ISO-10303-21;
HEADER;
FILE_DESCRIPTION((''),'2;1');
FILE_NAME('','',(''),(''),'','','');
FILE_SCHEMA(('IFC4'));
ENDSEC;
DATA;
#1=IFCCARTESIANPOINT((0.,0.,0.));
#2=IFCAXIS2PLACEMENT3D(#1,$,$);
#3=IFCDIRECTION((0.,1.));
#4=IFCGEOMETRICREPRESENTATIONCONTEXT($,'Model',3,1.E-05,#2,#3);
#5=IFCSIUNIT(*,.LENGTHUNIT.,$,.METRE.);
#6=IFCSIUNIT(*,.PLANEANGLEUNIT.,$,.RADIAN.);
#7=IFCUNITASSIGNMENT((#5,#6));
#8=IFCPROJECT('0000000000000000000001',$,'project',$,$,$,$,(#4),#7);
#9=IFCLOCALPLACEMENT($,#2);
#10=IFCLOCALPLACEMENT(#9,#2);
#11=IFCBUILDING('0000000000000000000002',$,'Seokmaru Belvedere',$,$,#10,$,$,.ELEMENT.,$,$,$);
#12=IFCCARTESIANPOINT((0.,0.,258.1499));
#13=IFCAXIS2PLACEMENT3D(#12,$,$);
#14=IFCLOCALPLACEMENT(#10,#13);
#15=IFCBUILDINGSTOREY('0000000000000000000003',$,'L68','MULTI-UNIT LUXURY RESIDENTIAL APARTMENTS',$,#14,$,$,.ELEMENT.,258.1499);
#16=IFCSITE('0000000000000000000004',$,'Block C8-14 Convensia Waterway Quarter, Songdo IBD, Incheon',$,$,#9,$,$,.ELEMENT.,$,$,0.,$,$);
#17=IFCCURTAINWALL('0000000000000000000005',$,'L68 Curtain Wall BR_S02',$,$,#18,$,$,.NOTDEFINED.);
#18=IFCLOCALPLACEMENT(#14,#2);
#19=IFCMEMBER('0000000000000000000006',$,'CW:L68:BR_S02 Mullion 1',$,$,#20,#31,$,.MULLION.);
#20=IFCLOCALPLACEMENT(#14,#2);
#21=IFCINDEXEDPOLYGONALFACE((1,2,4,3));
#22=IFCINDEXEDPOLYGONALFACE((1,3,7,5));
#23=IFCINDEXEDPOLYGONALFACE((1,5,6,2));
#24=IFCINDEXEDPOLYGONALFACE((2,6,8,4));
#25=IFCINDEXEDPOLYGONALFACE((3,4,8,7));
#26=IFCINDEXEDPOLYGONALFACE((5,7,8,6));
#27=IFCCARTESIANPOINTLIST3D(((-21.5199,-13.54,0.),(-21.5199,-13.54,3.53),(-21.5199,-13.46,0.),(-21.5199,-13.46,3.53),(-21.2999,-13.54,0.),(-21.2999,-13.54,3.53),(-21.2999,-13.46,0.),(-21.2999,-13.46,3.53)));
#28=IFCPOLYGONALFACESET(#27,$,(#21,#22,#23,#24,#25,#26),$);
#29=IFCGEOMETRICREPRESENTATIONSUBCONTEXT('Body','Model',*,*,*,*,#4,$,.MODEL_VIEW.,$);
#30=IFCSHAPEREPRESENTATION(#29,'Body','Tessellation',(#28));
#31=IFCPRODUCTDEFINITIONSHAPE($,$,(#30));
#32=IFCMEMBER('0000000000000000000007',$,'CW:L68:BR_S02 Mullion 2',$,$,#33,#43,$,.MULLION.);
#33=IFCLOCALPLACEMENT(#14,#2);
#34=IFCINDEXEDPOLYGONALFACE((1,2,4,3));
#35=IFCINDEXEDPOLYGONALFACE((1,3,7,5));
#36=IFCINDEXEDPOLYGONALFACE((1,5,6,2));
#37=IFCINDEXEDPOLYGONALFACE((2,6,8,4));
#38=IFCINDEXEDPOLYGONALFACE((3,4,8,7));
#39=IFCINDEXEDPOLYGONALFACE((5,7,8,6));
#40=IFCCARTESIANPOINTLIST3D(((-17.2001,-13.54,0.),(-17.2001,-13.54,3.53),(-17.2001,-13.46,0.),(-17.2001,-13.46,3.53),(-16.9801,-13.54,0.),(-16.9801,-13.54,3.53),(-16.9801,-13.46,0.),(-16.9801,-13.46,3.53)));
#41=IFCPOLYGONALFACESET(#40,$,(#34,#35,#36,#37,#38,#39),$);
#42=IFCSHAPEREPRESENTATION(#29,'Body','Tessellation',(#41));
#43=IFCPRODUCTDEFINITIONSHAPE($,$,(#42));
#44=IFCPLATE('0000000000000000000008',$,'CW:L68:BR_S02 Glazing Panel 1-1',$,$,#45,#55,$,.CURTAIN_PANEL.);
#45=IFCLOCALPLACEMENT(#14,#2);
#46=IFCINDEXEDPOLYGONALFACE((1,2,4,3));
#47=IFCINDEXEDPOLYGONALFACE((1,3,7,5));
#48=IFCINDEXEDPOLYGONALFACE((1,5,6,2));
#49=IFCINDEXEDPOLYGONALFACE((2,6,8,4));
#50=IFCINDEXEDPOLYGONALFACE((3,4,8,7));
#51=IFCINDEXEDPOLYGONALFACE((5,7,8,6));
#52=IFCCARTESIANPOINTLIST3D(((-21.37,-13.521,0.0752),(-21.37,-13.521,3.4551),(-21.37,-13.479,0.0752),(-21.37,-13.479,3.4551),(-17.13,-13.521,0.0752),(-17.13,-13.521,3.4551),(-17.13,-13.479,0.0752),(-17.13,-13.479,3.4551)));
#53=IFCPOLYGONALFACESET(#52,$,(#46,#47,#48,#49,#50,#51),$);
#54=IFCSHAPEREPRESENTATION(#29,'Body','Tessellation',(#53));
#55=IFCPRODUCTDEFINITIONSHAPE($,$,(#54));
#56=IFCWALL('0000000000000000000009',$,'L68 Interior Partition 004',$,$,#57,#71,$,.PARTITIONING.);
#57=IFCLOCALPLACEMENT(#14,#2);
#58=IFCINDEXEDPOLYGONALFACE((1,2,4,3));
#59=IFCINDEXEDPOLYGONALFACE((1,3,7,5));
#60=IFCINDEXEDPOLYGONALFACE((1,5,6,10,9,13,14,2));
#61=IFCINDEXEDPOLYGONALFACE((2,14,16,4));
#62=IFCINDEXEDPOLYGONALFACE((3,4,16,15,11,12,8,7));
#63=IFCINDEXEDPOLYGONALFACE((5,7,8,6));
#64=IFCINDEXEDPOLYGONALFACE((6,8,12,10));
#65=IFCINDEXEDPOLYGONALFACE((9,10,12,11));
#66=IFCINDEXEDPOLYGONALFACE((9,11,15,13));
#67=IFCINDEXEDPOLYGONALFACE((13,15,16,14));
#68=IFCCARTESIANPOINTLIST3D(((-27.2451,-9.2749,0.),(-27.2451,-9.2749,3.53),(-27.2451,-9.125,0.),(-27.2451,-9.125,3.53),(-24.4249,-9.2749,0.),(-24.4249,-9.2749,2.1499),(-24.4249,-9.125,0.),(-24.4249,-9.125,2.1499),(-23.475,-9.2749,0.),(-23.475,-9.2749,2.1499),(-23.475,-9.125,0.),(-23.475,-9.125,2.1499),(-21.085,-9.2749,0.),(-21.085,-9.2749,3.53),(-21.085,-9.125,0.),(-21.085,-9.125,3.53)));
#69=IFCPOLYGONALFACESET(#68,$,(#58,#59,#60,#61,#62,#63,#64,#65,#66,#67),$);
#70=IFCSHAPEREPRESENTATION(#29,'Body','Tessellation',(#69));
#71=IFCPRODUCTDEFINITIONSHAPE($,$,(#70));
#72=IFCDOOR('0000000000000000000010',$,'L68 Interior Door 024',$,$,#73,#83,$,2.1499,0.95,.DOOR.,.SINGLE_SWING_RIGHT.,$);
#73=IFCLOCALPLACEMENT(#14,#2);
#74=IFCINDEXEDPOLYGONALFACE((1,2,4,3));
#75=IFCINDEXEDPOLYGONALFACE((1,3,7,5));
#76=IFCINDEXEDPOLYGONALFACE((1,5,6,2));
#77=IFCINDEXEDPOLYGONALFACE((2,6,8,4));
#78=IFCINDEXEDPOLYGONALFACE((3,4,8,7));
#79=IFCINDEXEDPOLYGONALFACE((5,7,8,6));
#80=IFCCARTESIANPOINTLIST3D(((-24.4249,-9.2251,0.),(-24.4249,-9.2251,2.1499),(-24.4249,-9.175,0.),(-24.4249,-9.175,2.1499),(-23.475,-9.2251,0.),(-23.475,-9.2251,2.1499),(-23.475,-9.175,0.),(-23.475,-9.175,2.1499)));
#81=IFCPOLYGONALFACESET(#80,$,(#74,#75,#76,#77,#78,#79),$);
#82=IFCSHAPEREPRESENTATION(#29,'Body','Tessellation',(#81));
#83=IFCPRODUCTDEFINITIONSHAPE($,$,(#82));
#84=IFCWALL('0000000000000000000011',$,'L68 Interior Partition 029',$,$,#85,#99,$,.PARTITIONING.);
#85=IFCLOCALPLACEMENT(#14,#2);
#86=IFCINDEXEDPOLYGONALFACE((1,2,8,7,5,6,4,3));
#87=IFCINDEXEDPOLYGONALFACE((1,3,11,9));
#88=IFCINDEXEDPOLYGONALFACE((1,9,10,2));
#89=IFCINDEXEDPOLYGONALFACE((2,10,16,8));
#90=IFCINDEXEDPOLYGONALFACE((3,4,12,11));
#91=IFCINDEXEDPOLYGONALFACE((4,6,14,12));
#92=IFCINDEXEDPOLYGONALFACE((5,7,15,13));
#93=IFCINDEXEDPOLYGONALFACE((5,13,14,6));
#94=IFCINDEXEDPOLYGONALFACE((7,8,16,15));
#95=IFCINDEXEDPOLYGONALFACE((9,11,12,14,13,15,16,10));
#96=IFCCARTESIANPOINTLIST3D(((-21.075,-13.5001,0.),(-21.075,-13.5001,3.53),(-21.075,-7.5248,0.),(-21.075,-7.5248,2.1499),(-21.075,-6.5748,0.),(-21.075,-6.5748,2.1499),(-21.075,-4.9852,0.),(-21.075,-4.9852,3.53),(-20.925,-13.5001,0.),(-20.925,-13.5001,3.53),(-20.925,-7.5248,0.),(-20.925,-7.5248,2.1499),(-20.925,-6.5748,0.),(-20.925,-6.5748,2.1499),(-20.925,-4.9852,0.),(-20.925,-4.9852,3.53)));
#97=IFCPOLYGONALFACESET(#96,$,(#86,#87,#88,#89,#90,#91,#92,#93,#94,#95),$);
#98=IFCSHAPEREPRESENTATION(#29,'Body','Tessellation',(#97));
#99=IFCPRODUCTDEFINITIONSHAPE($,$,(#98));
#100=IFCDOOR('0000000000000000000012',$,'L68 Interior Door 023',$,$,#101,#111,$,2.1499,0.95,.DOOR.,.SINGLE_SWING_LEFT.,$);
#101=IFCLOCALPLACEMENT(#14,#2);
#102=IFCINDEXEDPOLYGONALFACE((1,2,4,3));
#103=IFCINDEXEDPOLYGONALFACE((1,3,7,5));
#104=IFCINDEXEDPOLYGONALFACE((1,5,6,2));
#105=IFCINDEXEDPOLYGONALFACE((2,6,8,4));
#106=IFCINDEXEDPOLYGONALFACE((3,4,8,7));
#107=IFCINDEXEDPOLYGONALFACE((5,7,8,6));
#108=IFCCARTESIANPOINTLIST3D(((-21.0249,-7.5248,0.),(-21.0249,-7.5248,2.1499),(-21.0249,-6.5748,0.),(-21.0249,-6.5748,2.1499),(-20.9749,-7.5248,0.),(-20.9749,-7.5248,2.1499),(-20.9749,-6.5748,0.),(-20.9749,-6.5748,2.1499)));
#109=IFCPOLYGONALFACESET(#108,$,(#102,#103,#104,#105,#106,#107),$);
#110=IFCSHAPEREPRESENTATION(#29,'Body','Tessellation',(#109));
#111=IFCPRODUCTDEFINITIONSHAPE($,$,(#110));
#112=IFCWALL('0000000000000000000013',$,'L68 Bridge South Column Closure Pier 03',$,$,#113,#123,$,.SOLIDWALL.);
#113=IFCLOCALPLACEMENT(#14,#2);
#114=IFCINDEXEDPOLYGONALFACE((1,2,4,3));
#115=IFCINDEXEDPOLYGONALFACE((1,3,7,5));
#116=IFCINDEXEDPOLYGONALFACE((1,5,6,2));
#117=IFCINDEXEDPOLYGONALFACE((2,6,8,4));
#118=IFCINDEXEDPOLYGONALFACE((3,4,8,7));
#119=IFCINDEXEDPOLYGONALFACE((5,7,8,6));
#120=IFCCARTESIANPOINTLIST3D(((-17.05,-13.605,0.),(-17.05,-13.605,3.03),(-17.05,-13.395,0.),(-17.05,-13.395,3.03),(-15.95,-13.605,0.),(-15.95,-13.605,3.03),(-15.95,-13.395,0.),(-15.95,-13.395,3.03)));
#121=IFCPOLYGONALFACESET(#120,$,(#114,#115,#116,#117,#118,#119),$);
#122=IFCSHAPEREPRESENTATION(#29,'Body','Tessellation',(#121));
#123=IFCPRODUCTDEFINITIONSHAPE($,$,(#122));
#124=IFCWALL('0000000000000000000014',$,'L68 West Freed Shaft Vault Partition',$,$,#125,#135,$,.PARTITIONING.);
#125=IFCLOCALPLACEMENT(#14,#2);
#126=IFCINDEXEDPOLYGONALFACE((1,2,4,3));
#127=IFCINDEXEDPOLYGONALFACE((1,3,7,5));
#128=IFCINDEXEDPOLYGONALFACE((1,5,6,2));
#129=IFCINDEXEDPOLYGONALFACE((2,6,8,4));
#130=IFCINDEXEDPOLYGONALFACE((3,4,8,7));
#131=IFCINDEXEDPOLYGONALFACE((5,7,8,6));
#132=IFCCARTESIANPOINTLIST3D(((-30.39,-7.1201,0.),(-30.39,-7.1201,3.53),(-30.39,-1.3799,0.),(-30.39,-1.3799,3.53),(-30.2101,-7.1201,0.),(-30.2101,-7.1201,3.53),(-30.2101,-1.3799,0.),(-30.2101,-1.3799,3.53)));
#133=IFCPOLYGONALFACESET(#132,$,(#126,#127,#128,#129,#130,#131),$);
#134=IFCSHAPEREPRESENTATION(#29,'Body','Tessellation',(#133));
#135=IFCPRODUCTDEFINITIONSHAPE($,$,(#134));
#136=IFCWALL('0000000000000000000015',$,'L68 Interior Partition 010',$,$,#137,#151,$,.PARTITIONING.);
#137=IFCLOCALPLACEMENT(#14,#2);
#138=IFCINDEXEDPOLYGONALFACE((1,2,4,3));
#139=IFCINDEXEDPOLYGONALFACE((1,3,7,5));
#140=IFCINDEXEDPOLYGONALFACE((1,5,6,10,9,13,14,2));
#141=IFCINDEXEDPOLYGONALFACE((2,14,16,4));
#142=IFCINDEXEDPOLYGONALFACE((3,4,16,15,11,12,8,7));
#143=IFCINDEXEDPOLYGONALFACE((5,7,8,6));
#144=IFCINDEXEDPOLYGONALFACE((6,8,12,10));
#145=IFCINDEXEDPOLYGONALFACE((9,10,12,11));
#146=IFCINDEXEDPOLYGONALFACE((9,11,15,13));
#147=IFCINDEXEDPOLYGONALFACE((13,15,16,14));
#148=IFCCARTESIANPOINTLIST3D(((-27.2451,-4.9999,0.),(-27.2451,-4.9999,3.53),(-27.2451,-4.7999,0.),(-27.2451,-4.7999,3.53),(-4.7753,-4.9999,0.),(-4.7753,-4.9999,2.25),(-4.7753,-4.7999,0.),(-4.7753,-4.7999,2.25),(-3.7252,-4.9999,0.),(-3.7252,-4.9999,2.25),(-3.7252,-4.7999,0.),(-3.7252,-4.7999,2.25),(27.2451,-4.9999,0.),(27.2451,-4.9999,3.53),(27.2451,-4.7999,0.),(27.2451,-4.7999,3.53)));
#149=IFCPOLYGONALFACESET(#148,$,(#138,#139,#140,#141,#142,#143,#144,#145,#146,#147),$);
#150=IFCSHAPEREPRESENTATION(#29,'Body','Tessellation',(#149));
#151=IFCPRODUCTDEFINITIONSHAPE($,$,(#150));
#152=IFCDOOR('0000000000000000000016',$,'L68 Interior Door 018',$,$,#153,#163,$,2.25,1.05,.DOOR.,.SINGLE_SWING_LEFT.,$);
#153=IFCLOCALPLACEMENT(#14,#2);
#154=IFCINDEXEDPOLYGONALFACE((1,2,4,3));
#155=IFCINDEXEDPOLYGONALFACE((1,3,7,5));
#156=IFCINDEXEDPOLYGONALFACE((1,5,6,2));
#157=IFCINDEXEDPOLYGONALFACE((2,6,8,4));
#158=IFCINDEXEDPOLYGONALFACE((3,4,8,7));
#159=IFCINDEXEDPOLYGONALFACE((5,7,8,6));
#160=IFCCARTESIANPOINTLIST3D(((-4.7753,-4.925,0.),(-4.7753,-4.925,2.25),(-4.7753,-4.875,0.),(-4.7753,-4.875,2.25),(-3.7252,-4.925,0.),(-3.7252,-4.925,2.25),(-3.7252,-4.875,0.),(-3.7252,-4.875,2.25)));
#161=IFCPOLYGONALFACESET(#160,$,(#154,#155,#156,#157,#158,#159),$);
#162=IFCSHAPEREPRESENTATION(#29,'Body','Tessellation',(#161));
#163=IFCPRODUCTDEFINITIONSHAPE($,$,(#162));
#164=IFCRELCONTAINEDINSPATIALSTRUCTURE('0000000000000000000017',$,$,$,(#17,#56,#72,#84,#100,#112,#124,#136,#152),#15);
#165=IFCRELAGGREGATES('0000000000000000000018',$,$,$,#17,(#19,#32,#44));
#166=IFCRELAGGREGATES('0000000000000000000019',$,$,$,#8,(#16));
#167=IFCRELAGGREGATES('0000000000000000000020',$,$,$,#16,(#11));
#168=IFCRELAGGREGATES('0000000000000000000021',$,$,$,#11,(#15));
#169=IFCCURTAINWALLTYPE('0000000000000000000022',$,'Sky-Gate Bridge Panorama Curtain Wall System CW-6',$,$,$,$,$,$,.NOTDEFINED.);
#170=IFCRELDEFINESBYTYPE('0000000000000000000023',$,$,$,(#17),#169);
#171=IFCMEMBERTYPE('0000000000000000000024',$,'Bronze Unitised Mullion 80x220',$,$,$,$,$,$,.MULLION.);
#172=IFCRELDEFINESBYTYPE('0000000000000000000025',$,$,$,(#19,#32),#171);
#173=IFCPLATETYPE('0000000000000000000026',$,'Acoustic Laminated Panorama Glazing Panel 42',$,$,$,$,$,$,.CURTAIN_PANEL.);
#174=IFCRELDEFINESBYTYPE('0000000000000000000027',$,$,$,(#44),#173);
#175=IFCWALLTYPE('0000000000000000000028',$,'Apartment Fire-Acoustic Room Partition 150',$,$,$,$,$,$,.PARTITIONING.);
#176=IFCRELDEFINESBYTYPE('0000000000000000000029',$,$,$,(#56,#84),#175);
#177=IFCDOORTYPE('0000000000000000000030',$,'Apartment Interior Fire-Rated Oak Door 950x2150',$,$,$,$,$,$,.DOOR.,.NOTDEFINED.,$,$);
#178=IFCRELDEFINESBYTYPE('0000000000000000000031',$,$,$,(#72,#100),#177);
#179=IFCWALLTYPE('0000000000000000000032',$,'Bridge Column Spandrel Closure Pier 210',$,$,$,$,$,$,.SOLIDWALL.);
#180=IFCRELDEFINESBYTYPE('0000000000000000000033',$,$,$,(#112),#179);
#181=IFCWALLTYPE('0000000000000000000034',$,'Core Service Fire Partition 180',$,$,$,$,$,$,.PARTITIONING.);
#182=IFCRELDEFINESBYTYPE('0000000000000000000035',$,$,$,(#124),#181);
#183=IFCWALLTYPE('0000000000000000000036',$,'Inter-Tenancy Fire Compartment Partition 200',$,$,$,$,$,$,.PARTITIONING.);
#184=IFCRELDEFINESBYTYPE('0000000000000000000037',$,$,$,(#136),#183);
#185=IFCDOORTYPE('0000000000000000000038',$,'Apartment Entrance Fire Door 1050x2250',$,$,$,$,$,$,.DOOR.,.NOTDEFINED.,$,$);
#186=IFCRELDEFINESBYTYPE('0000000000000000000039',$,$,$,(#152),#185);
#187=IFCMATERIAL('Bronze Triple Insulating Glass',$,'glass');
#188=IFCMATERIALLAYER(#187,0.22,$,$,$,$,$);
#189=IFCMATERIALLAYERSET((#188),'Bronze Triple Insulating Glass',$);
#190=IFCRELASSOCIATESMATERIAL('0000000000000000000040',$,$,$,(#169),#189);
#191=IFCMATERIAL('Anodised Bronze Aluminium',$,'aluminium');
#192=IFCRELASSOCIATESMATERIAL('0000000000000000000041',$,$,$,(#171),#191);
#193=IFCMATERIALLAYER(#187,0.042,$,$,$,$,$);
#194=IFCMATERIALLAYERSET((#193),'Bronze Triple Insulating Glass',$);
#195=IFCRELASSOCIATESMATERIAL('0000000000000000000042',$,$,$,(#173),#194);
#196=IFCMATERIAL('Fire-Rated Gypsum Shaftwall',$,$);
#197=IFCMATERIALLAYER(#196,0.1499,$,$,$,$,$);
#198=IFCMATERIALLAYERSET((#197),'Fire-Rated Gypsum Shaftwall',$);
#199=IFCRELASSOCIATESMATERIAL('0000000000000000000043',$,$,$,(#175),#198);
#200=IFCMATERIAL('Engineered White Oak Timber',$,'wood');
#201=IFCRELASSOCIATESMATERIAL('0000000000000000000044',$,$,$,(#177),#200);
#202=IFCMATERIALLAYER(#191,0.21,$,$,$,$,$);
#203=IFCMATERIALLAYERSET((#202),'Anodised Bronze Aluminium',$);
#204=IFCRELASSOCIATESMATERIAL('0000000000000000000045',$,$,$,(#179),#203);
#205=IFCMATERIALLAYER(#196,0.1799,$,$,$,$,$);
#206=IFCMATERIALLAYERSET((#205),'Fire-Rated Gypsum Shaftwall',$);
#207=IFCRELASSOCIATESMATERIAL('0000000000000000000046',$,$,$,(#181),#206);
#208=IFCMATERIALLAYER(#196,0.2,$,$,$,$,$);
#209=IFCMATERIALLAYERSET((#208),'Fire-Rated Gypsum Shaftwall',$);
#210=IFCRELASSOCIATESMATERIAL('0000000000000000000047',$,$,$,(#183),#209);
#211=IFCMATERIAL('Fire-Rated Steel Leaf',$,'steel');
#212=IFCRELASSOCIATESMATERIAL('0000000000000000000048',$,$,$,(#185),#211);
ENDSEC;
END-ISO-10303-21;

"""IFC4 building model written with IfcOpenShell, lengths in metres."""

from ifc_helpers import new_model, si_unit, direction, frame, frame_2d, origin, origin_2d, place, context, subcontext, project, spatial, rectangle, extrude, source, transform, mapped, material, layer, layer_set, material_profile, profile_set, type_object, type_shapes, element, fill, aggregate, save


model = new_model("IFC4")

# Units and contexts
model_context = context("Model", 3, precision=1e-05, world=origin(), true_north=direction((0.0, 1.0)))
body_context = subcontext(model_context, "Body", "Model", "MODEL_VIEW")
ifc_project = project(units=[si_unit("LENGTHUNIT", "METRE"), si_unit("PLANEANGLEUNIT", "RADIAN")], contexts=[model_context])

# Site, building, storey
site_placement = place(None, origin())
site = spatial("IfcSite", under=ifc_project, at=site_placement, Name="Block C8-14 Convensia Waterway Quarter, Songdo IBD, Incheon", CompositionType="ELEMENT", RefElevation=0.0)
building_placement = place(site_placement, origin())
building = spatial("IfcBuilding", under=site, at=building_placement, Name="Seokmaru Belvedere", CompositionType="ELEMENT")
storey_placement = place(building_placement, frame((0.0, 0.0, 258.1499)))
storey = spatial("IfcBuildingStorey", under=building, at=storey_placement, Name="L68", Description="MULTI-UNIT LUXURY RESIDENTIAL APARTMENTS", CompositionType="ELEMENT", Elevation=258.1499)

# Curtain wall, members, plate
ifc_material_1 = material(Name="Bronze Triple Insulating Glass", Category="glass")
ifc_layer_1 = layer(ifc_material_1, 0.22)
ifc_layer_set_1 = layer_set([ifc_layer_1], Name="Bronze Triple Insulating Glass")
curtain_wall_type = type_object("IfcCurtainWallType", Name="Sky-Gate Bridge Panorama Curtain Wall System CW-6", PredefinedType="NOTDEFINED", material=ifc_layer_set_1)
curtain_wall_placement = place(storey_placement, origin())
curtain_wall = element("IfcCurtainWall", 1, at=curtain_wall_placement, inside=storey, type_object=curtain_wall_type, Name="L68 Curtain Wall BR_S02", PredefinedType="NOTDEFINED")
ifc_material_2 = material(Name="Anodised Bronze Aluminium", Category="aluminium")
ifc_material_profile_1 = material_profile(ifc_material_2, rectangle(XDim=0.0801, YDim=0.22, at=origin_2d()), Name="CW-M-80x220")
ifc_profile_set_1 = profile_set([ifc_material_profile_1], Name="Anodised Bronze Aluminium")
member_type_1 = type_object("IfcMemberType", Name="Bronze Unitised Mullion 80x220", PredefinedType="MULLION", material=ifc_profile_set_1)
shared_shape_1 = source(origin(), body_context, "Body", "SweptSolid", [
    extrude(rectangle(XDim=0.0801, YDim=0.22, at=origin_2d()), origin(), (0.0, 0.0, 1.0), 3.53),
])
type_shapes(member_type_1, [shared_shape_1])
member_1_placement = place(storey_placement, frame((-21.4099, -13.5, 0.0), z_axis=(0.0, 0.0, 1.0), x_axis=(0.0, 1.0, 0.0)))
member_1 = element("IfcMember", 2, at=member_1_placement, type_object=member_type_1, Name="CW:L68:BR_S02 Mullion 1", PredefinedType="MULLION", context=body_context, shape_type="MappedRepresentation", body=[
    mapped(shared_shape_1, transform((0.0, 0.0, 0.0), scale=1.0)),
])
member_2_placement = place(storey_placement, frame((-17.0901, -13.5, 0.0), z_axis=(0.0, 0.0, 1.0), x_axis=(0.0, 1.0, 0.0)))
member_2 = element("IfcMember", 3, at=member_2_placement, type_object=member_type_1, Name="CW:L68:BR_S02 Mullion 2", PredefinedType="MULLION", context=body_context, shape_type="MappedRepresentation", body=[
    mapped(shared_shape_1, transform((0.0, 0.0, 0.0), scale=1.0)),
])
ifc_layer_2 = layer(ifc_material_1, 0.042)
ifc_layer_set_2 = layer_set([ifc_layer_2], Name="Bronze Triple Insulating Glass")
plate_type = type_object("IfcPlateType", Name="Acoustic Laminated Panorama Glazing Panel 42", PredefinedType="CURTAIN_PANEL", material=ifc_layer_set_2)
shared_shape_2 = source(origin(), body_context, "Body", "SweptSolid", [
    extrude(rectangle(XDim=4.24, YDim=0.042, at=origin_2d()), origin(), (0.0, 0.0, 1.0), 3.3799),
])
type_shapes(plate_type, [shared_shape_2])
plate_placement = place(storey_placement, frame((-19.25, -13.5, 0.0752), z_axis=(0.0, 0.0, 1.0), x_axis=(1.0, 0.0, 0.0)))
plate = element("IfcPlate", 4, at=plate_placement, type_object=plate_type, Name="CW:L68:BR_S02 Glazing Panel 1-1", PredefinedType="CURTAIN_PANEL", context=body_context, shape_type="MappedRepresentation", body=[
    mapped(shared_shape_2, transform((0.0, 0.0, 0.0), scale=1.0)),
])
aggregate(curtain_wall, [member_1, member_2, plate])

# Walls, openings, doors
ifc_material_3 = material(Name="Fire-Rated Gypsum Shaftwall")
ifc_layer_3 = layer(ifc_material_3, 0.1499)
ifc_layer_set_3 = layer_set([ifc_layer_3], Name="Fire-Rated Gypsum Shaftwall")
wall_type_1 = type_object("IfcWallType", Name="Apartment Fire-Acoustic Room Partition 150", PredefinedType="PARTITIONING", material=ifc_layer_set_3)
wall_1_placement = place(storey_placement, frame((-27.2451, -9.2, 0.0), z_axis=(0.0, 0.0, 1.0), x_axis=(1.0, 0.0, 0.0)))
wall_1 = element("IfcWall", 5, at=wall_1_placement, inside=storey, type_object=wall_type_1, Name="L68 Interior Partition 004", PredefinedType="PARTITIONING", context=body_context, shape_type="SweptSolid", body=[
    extrude(rectangle(XDim=6.1602, YDim=0.1499, at=frame_2d((3.0801, 0.0))), origin(), (0.0, 0.0, 1.0), 3.53),
])
opening_1_placement = place(wall_1_placement, frame((2.8201, 0.0, 0.0)))
opening_1 = element("IfcOpeningElement", 6, at=opening_1_placement, cuts=wall_1, PredefinedType="OPENING", context=body_context, shape_type="SweptSolid", body=[
    extrude(rectangle(XDim=0.95, YDim=2.1499, at=frame_2d((0.4751, 1.075))), frame((0.0, 0.085, 0.0), z_axis=(0.0, -1.0, 0.0), x_axis=(1.0, 0.0, 0.0)), (0.0, 0.0, 1.0), 0.1699),
])
ifc_material_4 = material(Name="Engineered White Oak Timber", Category="wood")
door_type_1 = type_object("IfcDoorType", Name="Apartment Interior Fire-Rated Oak Door 950x2150", OperationType="NOTDEFINED", PredefinedType="DOOR", material=ifc_material_4)
shared_shape_3 = source(origin(), body_context, "Body", "SweptSolid", [
    extrude(rectangle(XDim=0.95, YDim=2.1499, at=frame_2d((0.4751, 1.075))), frame((0.0, 0.0249, 0.0), z_axis=(0.0, -1.0, 0.0), x_axis=(1.0, 0.0, 0.0)), (0.0, 0.0, 1.0), 0.05),
])
type_shapes(door_type_1, [shared_shape_3])
door_1_placement = place(opening_1_placement, origin())
door_1 = element("IfcDoor", 7, at=door_1_placement, inside=storey, type_object=door_type_1, Name="L68 Interior Door 024", OperationType="SINGLE_SWING_RIGHT", OverallHeight=2.1499, OverallWidth=0.95, PredefinedType="DOOR", context=body_context, shape_type="MappedRepresentation", body=[
    mapped(shared_shape_3, transform((0.0, 0.0, 0.0), scale=1.0)),
])
fill(opening_1, door_1)
wall_2_placement = place(storey_placement, frame((-21.0, -13.5, 0.0), z_axis=(0.0, 0.0, 1.0), x_axis=(0.0, 1.0, 0.0)))
wall_2 = element("IfcWall", 8, at=wall_2_placement, inside=storey, type_object=wall_type_1, Name="L68 Interior Partition 029", PredefinedType="PARTITIONING", context=body_context, shape_type="SweptSolid", body=[
    extrude(rectangle(XDim=8.5149, YDim=0.1499, at=frame_2d((4.2573, 0.0))), origin(), (0.0, 0.0, 1.0), 3.53),
])
opening_2_placement = place(wall_2_placement, frame((5.9751, 0.0, 0.0)))
opening_2 = element("IfcOpeningElement", 9, at=opening_2_placement, cuts=wall_2, PredefinedType="OPENING", context=body_context, shape_type="SweptSolid", body=[
    extrude(rectangle(XDim=0.95, YDim=2.1499, at=frame_2d((0.4751, 1.075))), frame((0.0, 0.085, 0.0), z_axis=(0.0, -1.0, 0.0), x_axis=(1.0, 0.0, 0.0)), (0.0, 0.0, 1.0), 0.1699),
])
door_2_placement = place(opening_2_placement, origin())
door_2 = element("IfcDoor", 10, at=door_2_placement, inside=storey, type_object=door_type_1, Name="L68 Interior Door 023", OperationType="SINGLE_SWING_LEFT", OverallHeight=2.1499, OverallWidth=0.95, PredefinedType="DOOR", context=body_context, shape_type="MappedRepresentation", body=[
    mapped(shared_shape_3, transform((0.0, 0.0, 0.0), scale=1.0)),
])
fill(opening_2, door_2)

# Wall
ifc_layer_4 = layer(ifc_material_2, 0.21)
ifc_layer_set_4 = layer_set([ifc_layer_4], Name="Anodised Bronze Aluminium")
wall_type_2 = type_object("IfcWallType", Name="Bridge Column Spandrel Closure Pier 210", PredefinedType="SOLIDWALL", material=ifc_layer_set_4)
wall_3_placement = place(storey_placement, frame((-17.05, -13.5, 0.0), z_axis=(0.0, 0.0, 1.0), x_axis=(1.0, 0.0, 0.0)))
element("IfcWall", 11, at=wall_3_placement, inside=storey, type_object=wall_type_2, Name="L68 Bridge South Column Closure Pier 03", PredefinedType="SOLIDWALL", context=body_context, shape_type="SweptSolid", body=[
    extrude(rectangle(XDim=1.1001, YDim=0.21, at=frame_2d((0.55, 0.0))), origin(), (0.0, 0.0, 1.0), 3.03),
])

# Shared definitions
ifc_layer_5 = layer(ifc_material_3, 0.1799)
ifc_layer_set_5 = layer_set([ifc_layer_5], Name="Fire-Rated Gypsum Shaftwall")
wall_type_3 = type_object("IfcWallType", Name="Core Service Fire Partition 180", PredefinedType="PARTITIONING", material=ifc_layer_set_5)
ifc_material_5 = material(Name="Fire-Rated Steel Leaf", Category="steel")

# Wall
wall_4_placement = place(storey_placement, frame((-30.3, -7.1201, 0.0), z_axis=(0.0, 0.0, 1.0), x_axis=(0.0, 1.0, 0.0)))
element("IfcWall", 12, at=wall_4_placement, inside=storey, type_object=wall_type_3, Name="L68 West Freed Shaft Vault Partition", PredefinedType="PARTITIONING", context=body_context, shape_type="SweptSolid", body=[
    extrude(rectangle(XDim=5.7402, YDim=0.1799, at=frame_2d((2.8701, 0.0))), origin(), (0.0, 0.0, 1.0), 3.53),
])

# Wall, opening, door
ifc_layer_6 = layer(ifc_material_3, 0.2)
ifc_layer_set_6 = layer_set([ifc_layer_6], Name="Fire-Rated Gypsum Shaftwall")
wall_type_4 = type_object("IfcWallType", Name="Inter-Tenancy Fire Compartment Partition 200", PredefinedType="PARTITIONING", material=ifc_layer_set_6)
wall_5_placement = place(storey_placement, frame((-27.2451, -4.8999, 0.0), z_axis=(0.0, 0.0, 1.0), x_axis=(1.0, 0.0, 0.0)))
wall_5 = element("IfcWall", 13, at=wall_5_placement, inside=storey, type_object=wall_type_4, Name="L68 Interior Partition 010", PredefinedType="PARTITIONING", context=body_context, shape_type="SweptSolid", body=[
    extrude(rectangle(XDim=54.4902, YDim=0.2, at=frame_2d((27.2451, 0.0))), origin(), (0.0, 0.0, 1.0), 3.53),
])
opening_3_placement = place(wall_5_placement, frame((22.47, 0.0, 0.0)))
opening_3 = element("IfcOpeningElement", 14, at=opening_3_placement, cuts=wall_5, PredefinedType="OPENING", context=body_context, shape_type="SweptSolid", body=[
    extrude(rectangle(XDim=1.05, YDim=2.25, at=frame_2d((0.5249, 1.125))), frame((0.0, 0.1099, 0.0), z_axis=(0.0, -1.0, 0.0), x_axis=(1.0, 0.0, 0.0)), (0.0, 0.0, 1.0), 0.22),
])
door_type_2 = type_object("IfcDoorType", Name="Apartment Entrance Fire Door 1050x2250", OperationType="NOTDEFINED", PredefinedType="DOOR", material=ifc_material_5)
shared_shape_4 = source(origin(), body_context, "Body", "SweptSolid", [
    extrude(rectangle(XDim=1.05, YDim=2.25, at=frame_2d((0.5249, 1.125))), frame((0.0, 0.0249, 0.0), z_axis=(0.0, -1.0, 0.0), x_axis=(1.0, 0.0, 0.0)), (0.0, 0.0, 1.0), 0.05),
])
type_shapes(door_type_2, [shared_shape_4])
door_3_placement = place(opening_3_placement, origin())
door_3 = element("IfcDoor", 15, at=door_3_placement, inside=storey, type_object=door_type_2, Name="L68 Interior Door 018", OperationType="SINGLE_SWING_LEFT", OverallHeight=2.25, OverallWidth=1.05, PredefinedType="DOOR", context=body_context, shape_type="MappedRepresentation", body=[
    mapped(shared_shape_4, transform((0.0, 0.0, 0.0), scale=1.0)),
])
fill(opening_3, door_3)

save(model, "model.ifc")
